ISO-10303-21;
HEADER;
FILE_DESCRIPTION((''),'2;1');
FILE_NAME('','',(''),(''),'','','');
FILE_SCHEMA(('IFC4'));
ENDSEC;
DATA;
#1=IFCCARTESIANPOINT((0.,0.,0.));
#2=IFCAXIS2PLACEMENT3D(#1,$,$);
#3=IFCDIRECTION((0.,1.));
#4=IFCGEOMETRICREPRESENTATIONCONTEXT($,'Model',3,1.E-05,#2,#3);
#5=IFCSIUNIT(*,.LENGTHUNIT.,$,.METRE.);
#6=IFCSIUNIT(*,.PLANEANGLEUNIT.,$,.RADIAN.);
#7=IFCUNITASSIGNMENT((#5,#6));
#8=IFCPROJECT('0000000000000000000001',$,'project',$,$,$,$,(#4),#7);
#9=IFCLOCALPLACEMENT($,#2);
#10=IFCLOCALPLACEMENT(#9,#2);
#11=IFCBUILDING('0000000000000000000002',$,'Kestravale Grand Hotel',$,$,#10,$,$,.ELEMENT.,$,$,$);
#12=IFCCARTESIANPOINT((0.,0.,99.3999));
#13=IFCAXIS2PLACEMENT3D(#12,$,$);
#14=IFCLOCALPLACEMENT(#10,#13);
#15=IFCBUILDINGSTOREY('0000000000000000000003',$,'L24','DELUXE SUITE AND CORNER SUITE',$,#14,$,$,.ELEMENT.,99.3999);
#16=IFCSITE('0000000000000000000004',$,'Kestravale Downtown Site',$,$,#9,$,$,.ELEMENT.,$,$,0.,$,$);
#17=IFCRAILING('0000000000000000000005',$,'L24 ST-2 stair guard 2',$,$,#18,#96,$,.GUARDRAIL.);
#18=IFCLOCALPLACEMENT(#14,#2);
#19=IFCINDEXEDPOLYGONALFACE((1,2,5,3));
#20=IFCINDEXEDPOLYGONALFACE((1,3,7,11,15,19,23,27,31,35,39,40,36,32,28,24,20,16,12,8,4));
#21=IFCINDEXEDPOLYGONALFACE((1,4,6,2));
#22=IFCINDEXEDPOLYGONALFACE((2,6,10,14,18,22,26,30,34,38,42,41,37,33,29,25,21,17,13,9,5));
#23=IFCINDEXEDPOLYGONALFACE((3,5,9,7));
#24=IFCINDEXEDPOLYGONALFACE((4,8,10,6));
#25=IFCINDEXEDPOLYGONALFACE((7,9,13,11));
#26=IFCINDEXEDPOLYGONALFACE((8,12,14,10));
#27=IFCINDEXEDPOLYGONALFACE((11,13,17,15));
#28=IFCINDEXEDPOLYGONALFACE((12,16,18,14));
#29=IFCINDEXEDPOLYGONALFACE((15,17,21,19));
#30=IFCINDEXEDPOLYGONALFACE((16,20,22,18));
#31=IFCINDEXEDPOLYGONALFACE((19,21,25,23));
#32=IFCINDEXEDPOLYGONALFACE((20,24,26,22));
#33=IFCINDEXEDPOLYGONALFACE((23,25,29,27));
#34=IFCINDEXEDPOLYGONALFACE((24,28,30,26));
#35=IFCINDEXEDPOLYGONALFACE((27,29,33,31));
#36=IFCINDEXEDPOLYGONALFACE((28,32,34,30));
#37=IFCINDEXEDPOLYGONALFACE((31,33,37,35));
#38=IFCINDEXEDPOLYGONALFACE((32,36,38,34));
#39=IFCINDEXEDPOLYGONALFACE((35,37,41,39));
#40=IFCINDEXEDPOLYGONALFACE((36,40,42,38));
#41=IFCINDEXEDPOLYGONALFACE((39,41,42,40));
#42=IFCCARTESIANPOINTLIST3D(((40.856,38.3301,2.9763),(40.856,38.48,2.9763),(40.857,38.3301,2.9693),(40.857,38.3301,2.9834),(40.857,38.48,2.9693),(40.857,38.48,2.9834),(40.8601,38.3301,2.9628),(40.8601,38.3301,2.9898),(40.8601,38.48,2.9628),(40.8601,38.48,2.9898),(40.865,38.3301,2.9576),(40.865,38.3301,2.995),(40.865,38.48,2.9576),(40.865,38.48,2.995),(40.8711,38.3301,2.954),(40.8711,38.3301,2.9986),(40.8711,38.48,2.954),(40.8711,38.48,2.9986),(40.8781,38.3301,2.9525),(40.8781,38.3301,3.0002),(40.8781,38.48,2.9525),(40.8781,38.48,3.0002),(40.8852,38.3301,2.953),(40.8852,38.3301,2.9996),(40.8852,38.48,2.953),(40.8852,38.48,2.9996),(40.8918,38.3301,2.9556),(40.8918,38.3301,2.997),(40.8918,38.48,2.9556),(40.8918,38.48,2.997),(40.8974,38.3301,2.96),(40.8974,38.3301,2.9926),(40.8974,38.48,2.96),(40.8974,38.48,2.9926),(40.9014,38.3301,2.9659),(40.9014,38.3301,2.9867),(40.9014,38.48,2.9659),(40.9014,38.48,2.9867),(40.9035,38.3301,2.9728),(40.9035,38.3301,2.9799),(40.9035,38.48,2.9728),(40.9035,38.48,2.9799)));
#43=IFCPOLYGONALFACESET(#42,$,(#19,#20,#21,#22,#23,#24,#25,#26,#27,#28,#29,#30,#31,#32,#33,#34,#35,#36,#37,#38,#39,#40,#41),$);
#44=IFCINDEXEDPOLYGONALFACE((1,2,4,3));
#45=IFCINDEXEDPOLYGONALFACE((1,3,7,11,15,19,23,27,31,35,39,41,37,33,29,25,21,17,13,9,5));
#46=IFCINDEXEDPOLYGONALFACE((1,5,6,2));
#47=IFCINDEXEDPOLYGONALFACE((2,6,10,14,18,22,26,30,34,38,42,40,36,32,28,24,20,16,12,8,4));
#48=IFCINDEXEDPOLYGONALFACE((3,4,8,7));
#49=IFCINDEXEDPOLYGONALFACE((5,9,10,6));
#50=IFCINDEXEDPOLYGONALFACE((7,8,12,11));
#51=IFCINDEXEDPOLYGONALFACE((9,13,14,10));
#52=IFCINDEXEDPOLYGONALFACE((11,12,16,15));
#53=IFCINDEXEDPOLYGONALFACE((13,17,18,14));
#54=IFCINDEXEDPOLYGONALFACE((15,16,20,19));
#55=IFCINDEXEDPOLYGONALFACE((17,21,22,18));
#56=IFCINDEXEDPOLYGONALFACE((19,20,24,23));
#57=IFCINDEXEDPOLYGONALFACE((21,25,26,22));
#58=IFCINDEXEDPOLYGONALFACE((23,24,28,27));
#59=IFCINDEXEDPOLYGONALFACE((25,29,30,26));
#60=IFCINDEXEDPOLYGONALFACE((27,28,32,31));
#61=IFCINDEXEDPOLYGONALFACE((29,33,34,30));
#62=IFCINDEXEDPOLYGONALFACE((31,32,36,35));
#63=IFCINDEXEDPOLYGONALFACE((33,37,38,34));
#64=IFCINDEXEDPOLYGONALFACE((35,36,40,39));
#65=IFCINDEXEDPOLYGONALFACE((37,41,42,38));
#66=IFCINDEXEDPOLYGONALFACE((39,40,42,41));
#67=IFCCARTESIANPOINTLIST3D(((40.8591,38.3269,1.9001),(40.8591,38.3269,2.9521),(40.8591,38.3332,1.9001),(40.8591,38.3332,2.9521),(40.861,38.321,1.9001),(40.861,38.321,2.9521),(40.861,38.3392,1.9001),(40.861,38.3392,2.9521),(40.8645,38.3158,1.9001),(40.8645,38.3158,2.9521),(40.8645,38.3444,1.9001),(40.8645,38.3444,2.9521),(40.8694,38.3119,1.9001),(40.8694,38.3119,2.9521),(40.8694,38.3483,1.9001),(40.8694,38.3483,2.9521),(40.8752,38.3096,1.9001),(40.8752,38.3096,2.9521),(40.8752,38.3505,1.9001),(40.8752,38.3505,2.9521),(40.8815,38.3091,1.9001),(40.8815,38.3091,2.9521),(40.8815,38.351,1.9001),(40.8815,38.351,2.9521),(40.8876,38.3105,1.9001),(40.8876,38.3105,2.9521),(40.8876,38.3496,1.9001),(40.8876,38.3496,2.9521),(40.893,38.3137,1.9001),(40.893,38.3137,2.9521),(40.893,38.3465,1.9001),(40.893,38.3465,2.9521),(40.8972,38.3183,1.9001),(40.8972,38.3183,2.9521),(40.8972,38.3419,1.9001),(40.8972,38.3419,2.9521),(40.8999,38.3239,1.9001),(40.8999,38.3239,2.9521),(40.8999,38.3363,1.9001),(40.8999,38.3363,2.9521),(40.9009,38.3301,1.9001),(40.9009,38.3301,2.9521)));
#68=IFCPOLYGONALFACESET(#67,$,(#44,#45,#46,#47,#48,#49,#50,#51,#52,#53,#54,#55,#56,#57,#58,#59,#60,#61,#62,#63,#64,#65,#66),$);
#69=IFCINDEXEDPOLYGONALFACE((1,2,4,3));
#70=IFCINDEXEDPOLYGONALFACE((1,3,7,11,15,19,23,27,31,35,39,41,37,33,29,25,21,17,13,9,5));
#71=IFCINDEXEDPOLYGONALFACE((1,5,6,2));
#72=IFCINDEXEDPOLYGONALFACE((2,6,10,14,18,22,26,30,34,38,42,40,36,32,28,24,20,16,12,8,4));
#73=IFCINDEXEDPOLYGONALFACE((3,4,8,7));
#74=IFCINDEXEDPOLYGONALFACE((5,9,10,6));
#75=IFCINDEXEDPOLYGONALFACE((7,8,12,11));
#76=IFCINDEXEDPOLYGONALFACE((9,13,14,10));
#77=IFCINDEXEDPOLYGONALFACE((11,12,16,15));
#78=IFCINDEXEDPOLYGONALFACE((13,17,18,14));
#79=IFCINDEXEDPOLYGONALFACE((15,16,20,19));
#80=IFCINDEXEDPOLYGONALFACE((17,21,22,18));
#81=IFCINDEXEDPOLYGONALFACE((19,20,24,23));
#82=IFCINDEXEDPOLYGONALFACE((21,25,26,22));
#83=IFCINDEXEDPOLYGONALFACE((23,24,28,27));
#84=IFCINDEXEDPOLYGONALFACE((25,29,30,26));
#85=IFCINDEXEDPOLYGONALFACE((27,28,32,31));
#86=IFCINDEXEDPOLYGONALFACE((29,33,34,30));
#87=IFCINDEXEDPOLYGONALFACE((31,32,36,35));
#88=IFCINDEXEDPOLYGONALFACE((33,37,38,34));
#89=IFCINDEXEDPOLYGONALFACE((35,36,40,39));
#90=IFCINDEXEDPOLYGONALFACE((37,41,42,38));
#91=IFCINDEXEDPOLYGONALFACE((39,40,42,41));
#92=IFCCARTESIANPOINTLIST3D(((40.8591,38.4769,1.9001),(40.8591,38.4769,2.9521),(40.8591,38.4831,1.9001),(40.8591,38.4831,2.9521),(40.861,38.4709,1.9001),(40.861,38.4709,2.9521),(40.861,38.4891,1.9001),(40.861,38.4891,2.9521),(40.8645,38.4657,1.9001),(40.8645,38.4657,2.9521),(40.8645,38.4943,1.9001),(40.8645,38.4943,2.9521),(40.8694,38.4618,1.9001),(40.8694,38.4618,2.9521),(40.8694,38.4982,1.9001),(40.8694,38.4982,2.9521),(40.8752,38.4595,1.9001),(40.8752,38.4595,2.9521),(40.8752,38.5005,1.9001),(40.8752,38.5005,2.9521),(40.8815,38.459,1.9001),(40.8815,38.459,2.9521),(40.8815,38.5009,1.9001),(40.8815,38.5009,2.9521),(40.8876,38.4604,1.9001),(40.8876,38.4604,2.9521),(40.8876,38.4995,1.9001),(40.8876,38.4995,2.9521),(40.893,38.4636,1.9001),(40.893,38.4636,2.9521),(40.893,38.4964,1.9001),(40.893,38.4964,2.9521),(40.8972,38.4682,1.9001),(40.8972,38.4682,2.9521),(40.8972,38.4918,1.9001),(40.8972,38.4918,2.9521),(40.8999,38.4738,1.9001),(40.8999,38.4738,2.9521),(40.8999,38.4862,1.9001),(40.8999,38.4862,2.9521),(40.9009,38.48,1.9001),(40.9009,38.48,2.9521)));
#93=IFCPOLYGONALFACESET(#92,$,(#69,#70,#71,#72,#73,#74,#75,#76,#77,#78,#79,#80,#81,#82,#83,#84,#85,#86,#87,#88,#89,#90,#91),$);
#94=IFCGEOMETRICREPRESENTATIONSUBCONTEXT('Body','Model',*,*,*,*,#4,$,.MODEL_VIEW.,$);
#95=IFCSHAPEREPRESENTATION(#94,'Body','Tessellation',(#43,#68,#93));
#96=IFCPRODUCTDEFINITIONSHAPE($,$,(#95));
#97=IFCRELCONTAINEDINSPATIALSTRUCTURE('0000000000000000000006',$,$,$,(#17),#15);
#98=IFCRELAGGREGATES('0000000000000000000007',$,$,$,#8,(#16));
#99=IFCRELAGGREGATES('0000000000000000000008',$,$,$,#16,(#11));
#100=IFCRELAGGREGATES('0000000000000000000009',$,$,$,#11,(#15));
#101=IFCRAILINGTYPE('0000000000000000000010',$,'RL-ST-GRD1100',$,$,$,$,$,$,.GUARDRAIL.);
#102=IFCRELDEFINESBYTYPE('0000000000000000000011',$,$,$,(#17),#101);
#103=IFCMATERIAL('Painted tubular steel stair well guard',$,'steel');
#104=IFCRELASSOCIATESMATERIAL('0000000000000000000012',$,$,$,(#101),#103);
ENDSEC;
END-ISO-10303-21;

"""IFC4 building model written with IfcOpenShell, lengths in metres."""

from ifc_helpers import new_model, si_unit, direction, frame, origin, origin_2d, place, context, subcontext, project, spatial, circle, extrude, material, type_object, element, save


model = new_model("IFC4")

# Units and contexts
model_context = context("Model", 3, precision=1e-05, world=origin(), true_north=direction((0.0, 1.0)))
body_context = subcontext(model_context, "Body", "Model", "MODEL_VIEW")
ifc_project = project(units=[si_unit("LENGTHUNIT", "METRE"), si_unit("PLANEANGLEUNIT", "RADIAN")], contexts=[model_context])

# Site, building, storey
site_placement = place(None, origin())
site = spatial("IfcSite", under=ifc_project, at=site_placement, Name="Kestravale Downtown Site", CompositionType="ELEMENT", RefElevation=0.0)
building_placement = place(site_placement, origin())
building = spatial("IfcBuilding", under=site, at=building_placement, Name="Kestravale Grand Hotel", CompositionType="ELEMENT")
storey_placement = place(building_placement, frame((0.0, 0.0, 99.3999)))
storey = spatial("IfcBuildingStorey", under=building, at=storey_placement, Name="L24", Description="DELUXE SUITE AND CORNER SUITE", CompositionType="ELEMENT", Elevation=99.3999)

# Railing
ifc_material_1 = material(Name="Painted tubular steel stair well guard", Category="steel")
railing_type_1 = type_object("IfcRailingType", Name="RL-ST-GRD1100", PredefinedType="GUARDRAIL", material=ifc_material_1)
railing_1_placement = place(storey_placement, frame((40.8799, 38.3301, 1.9001)))
element("IfcRailing", 1, at=railing_1_placement, inside=storey, type_object=railing_type_1, Name="L24 ST-2 stair guard 2", PredefinedType="GUARDRAIL", context=body_context, shape_type="SweptSolid", body=[
    extrude(circle(Radius=0.0239, at=origin_2d()), frame((0.0, 0.0, 1.0762), z_axis=(0.0, 1.0, 0.0), x_axis=(-1.0, 0.0, 0.0)), (0.0, 0.0, 1.0), 0.1499),
    extrude(circle(Radius=0.021, at=origin_2d()), origin(), (0.0, 0.0, 1.0), 1.052),
    extrude(circle(Radius=0.021, at=origin_2d()), frame((0.0, 0.1499, 0.0)), (0.0, 0.0, 1.0), 1.052),
])

save(model, "model.ifc")
